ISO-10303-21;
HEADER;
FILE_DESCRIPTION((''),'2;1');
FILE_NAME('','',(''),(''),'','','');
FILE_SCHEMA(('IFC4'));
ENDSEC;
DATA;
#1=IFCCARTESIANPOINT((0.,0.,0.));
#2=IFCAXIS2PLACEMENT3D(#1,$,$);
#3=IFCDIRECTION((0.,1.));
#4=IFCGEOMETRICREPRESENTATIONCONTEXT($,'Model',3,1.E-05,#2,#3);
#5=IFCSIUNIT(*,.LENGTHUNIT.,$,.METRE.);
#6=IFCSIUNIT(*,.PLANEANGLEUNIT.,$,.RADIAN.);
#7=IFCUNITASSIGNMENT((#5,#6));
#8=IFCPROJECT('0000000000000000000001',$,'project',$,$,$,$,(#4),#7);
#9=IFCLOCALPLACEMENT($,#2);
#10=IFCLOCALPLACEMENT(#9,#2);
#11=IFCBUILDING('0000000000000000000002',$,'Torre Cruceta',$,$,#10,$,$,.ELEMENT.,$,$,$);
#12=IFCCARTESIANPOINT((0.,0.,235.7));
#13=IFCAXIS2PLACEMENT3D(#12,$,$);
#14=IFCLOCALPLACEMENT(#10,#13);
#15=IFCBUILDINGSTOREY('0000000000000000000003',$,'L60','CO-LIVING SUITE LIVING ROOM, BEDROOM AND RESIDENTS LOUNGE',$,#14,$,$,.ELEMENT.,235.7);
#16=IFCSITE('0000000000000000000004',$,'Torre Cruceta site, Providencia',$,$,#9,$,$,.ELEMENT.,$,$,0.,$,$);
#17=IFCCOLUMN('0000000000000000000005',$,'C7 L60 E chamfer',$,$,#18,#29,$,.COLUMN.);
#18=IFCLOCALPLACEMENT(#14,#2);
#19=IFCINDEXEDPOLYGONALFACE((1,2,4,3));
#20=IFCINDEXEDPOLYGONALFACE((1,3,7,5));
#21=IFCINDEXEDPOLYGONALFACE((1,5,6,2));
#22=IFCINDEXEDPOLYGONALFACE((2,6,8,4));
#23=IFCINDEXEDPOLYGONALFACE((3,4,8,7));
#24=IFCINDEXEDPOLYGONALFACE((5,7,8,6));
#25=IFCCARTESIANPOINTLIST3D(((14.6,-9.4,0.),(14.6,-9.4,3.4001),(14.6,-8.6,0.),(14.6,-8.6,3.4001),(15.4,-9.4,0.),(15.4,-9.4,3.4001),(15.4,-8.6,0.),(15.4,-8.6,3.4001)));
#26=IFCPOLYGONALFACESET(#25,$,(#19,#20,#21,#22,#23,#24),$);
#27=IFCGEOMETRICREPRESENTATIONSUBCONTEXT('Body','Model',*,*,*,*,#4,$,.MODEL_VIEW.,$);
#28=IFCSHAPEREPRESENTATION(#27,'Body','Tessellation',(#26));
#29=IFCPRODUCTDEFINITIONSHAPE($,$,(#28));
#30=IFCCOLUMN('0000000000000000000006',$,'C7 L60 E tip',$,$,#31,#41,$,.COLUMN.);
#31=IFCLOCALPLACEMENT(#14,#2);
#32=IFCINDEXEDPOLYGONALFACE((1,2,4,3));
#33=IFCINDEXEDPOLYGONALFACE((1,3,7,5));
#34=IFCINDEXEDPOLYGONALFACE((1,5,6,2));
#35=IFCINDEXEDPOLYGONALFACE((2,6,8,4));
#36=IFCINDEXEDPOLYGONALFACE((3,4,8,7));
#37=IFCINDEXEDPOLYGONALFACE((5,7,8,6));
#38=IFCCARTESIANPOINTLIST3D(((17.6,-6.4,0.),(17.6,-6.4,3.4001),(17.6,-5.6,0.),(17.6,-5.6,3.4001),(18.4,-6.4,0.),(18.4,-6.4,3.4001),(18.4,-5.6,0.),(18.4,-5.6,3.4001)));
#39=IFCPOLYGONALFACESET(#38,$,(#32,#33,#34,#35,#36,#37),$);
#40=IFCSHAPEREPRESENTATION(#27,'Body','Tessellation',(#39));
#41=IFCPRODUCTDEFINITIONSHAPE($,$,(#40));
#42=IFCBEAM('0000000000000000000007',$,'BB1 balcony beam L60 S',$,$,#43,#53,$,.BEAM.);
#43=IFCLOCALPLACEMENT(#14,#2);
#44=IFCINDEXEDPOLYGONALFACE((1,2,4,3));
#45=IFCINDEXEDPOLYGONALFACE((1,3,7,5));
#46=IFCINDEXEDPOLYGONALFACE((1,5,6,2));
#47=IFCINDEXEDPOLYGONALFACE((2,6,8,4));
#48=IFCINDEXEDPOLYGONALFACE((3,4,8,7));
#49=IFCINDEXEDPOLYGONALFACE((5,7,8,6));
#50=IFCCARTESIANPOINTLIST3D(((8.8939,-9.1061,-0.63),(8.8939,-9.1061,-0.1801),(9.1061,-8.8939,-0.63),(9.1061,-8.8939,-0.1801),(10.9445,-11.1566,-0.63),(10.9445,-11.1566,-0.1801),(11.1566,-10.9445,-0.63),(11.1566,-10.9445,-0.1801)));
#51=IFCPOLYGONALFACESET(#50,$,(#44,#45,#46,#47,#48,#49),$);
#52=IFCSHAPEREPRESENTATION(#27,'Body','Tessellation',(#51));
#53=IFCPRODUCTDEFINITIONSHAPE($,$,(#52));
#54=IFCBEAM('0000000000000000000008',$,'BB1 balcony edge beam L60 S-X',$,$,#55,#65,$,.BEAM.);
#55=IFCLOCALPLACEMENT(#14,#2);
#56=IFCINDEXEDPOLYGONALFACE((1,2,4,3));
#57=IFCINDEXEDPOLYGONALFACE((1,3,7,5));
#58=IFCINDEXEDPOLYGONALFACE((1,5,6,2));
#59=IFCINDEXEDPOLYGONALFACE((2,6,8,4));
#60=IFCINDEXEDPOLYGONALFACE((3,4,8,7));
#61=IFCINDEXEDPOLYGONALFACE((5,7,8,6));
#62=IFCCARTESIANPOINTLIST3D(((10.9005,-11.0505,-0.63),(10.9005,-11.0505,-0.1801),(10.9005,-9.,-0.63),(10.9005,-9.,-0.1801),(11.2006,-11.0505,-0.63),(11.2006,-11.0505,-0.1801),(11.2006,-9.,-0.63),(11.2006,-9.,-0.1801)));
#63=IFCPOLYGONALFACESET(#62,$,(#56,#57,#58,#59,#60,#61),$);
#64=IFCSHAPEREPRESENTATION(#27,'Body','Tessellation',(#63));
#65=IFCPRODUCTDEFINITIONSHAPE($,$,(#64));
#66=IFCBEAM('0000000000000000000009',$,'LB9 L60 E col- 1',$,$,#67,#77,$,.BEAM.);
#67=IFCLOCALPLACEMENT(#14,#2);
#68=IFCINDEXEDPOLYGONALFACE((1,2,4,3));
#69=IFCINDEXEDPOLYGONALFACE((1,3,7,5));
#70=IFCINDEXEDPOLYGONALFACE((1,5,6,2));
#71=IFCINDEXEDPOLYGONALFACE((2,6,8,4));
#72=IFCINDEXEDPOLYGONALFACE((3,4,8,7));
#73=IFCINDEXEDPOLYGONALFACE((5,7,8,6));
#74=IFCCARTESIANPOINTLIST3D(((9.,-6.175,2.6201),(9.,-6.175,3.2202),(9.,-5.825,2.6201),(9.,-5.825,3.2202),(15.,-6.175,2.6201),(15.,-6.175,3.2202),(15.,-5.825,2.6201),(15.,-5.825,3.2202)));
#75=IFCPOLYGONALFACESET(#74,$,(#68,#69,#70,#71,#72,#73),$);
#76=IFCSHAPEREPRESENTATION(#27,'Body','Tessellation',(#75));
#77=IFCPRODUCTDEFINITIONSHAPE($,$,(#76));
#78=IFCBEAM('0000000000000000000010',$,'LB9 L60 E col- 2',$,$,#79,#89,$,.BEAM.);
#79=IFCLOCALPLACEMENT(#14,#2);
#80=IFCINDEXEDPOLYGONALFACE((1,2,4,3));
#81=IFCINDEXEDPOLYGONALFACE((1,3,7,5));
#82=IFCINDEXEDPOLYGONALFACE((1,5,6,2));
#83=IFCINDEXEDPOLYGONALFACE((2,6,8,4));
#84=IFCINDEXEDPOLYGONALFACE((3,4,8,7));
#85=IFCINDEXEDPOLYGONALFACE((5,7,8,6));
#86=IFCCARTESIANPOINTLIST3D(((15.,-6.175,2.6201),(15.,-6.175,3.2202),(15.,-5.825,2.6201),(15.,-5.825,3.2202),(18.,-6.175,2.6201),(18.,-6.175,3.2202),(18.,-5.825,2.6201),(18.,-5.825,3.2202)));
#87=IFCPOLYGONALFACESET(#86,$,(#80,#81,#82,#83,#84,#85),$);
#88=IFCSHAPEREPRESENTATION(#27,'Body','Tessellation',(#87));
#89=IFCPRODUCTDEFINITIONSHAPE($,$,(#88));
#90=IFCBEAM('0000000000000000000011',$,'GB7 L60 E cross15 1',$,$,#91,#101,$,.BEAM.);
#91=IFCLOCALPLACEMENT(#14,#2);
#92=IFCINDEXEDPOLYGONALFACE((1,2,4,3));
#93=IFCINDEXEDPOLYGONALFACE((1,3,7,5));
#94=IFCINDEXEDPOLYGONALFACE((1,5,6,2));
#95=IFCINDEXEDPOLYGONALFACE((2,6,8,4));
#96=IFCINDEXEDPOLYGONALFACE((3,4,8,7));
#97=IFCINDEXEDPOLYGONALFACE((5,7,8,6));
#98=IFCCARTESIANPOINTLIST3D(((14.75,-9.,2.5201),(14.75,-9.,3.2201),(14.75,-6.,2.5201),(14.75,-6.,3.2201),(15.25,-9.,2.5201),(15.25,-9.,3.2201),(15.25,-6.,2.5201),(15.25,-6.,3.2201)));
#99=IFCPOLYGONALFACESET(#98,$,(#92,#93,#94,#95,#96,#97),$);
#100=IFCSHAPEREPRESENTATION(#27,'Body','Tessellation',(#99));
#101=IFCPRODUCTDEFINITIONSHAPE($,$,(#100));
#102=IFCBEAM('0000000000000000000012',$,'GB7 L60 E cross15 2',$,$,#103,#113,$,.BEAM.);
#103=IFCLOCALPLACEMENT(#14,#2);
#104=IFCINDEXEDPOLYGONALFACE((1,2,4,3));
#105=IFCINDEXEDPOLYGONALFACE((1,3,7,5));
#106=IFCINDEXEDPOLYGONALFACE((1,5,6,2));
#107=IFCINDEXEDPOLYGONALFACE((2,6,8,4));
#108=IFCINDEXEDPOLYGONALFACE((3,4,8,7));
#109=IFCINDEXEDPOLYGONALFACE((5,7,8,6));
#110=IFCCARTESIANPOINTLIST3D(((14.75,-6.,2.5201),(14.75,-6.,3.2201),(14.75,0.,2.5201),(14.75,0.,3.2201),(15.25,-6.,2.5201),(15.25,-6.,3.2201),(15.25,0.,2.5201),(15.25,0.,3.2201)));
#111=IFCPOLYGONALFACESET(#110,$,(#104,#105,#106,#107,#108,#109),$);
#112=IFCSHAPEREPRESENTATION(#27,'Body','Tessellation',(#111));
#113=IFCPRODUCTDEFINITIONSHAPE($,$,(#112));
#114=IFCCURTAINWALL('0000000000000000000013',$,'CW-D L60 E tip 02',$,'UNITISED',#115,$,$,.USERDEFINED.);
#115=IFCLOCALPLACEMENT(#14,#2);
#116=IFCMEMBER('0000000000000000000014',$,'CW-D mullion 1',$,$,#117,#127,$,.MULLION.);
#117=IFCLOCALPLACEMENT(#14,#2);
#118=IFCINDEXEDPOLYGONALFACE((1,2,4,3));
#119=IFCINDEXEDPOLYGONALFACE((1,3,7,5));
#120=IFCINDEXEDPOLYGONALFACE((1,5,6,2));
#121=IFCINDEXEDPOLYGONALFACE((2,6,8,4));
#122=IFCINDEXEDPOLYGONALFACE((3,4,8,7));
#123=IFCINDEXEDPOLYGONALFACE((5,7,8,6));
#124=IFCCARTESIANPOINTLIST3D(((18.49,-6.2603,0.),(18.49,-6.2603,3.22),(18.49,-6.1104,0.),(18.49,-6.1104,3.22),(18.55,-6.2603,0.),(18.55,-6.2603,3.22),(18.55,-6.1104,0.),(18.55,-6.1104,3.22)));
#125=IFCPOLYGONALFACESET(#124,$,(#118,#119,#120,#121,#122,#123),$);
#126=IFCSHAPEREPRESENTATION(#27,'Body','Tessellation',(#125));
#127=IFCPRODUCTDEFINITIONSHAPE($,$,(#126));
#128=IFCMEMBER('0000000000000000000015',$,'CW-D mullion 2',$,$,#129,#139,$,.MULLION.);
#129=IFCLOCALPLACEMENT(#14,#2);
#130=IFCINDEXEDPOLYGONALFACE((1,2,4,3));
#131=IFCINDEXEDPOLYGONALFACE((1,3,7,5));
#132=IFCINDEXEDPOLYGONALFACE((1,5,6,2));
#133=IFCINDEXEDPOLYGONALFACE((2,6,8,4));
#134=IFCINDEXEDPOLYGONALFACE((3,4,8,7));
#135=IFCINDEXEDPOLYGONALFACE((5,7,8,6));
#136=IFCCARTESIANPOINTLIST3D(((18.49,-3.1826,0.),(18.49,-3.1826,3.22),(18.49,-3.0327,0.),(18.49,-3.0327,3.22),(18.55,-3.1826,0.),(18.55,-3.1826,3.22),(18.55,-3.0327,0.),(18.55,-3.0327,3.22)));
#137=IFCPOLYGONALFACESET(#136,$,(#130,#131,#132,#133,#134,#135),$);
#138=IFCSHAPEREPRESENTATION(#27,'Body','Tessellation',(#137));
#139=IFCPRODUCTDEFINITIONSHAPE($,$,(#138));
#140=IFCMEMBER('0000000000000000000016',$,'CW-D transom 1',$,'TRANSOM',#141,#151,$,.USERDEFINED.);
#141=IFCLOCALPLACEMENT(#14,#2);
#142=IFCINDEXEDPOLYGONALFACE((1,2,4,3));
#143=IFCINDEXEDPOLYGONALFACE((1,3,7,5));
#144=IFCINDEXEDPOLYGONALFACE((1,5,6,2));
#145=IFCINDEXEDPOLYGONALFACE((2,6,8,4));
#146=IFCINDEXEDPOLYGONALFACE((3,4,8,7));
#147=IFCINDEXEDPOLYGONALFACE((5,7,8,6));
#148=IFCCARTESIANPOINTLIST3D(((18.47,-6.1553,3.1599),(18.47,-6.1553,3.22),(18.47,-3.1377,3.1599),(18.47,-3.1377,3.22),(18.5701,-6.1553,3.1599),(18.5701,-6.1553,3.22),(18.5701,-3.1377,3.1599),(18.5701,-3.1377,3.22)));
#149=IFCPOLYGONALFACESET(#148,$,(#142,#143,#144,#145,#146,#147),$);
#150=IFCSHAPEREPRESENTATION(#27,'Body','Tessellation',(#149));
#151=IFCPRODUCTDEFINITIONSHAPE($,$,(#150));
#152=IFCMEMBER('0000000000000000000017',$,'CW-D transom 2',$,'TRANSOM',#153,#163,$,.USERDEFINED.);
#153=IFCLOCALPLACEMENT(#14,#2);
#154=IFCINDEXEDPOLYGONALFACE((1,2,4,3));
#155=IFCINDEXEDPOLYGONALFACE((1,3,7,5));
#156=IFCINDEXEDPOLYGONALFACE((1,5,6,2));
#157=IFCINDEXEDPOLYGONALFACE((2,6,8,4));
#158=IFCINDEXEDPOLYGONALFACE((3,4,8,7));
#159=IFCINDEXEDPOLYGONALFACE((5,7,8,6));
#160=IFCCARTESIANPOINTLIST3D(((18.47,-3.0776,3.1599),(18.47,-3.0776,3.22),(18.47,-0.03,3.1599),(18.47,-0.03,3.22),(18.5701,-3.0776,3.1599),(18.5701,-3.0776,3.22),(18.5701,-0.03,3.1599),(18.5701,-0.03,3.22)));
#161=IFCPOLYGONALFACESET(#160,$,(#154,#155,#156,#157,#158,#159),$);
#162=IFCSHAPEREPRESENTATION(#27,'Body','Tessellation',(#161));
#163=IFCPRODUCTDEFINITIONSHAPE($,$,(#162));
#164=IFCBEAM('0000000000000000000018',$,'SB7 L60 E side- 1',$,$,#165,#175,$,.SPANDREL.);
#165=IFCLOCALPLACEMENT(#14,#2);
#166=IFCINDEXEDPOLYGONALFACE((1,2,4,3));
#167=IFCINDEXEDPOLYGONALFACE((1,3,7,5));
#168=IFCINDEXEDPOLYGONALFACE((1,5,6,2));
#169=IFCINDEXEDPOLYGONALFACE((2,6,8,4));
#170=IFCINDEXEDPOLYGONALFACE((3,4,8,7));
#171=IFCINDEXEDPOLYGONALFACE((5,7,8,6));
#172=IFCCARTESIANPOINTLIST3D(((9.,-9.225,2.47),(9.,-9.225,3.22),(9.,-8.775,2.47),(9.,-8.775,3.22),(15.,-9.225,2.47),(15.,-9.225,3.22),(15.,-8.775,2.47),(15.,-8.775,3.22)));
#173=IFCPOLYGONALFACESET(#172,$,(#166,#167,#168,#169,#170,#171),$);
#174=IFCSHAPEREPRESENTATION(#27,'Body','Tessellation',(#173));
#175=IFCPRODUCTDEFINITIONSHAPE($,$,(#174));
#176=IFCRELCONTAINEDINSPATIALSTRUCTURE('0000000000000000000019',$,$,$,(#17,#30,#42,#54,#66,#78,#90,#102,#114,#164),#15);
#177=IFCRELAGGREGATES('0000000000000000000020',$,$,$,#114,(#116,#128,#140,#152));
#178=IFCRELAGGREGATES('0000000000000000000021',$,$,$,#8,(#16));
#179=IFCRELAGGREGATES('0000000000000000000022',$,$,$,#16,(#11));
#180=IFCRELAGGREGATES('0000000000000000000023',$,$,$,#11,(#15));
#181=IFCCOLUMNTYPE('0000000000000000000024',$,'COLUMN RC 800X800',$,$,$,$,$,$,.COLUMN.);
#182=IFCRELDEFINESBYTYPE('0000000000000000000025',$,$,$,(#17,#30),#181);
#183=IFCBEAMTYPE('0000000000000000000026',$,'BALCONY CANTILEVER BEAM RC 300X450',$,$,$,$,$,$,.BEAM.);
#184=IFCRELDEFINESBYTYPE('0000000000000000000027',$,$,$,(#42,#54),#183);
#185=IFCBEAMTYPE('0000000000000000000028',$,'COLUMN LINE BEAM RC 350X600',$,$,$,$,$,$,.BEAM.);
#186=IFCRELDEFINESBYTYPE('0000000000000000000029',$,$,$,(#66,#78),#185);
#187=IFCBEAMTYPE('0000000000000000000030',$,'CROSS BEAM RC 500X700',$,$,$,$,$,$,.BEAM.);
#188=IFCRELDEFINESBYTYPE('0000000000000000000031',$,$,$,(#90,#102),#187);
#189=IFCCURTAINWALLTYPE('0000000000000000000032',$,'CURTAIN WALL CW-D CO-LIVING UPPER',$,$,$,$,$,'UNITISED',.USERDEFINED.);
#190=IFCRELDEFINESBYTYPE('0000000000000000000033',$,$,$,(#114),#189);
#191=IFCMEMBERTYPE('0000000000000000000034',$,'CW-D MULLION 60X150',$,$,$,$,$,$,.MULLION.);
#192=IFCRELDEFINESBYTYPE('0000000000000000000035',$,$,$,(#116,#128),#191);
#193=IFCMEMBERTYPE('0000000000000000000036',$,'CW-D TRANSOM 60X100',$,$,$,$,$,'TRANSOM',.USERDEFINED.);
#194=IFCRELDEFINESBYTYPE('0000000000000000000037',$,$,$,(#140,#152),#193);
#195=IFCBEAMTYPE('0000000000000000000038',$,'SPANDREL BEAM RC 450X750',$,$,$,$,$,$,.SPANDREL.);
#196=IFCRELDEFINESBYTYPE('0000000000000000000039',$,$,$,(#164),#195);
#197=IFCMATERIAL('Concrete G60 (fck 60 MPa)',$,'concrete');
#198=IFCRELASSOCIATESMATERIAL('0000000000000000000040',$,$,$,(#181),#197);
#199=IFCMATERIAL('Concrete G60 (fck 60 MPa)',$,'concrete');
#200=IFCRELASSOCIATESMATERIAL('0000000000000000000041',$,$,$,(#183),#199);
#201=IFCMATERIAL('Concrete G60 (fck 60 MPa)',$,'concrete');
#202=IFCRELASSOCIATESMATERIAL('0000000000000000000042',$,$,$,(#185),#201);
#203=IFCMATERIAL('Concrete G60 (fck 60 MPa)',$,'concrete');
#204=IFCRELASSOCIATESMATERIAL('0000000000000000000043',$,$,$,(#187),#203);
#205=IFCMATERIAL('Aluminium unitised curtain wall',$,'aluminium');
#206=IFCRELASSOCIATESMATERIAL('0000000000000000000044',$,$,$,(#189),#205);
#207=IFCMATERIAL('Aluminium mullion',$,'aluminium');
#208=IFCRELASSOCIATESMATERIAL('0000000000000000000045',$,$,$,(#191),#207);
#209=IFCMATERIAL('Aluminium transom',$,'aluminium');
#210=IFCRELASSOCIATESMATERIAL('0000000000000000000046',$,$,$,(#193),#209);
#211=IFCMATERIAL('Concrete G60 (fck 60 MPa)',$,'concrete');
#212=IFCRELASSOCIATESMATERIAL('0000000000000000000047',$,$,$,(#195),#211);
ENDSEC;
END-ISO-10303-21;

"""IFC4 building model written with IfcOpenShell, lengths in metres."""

from ifc_helpers import new_model, si_unit, direction, frame, origin, origin_2d, place, context, subcontext, project, spatial, rectangle, extrude, material, material_profile, profile_set, type_object, element, aggregate, save


model = new_model("IFC4")

# Units and contexts
model_context = context("Model", 3, precision=1e-05, world=origin(), true_north=direction((0.0, 1.0)))
body_context = subcontext(model_context, "Body", "Model", "MODEL_VIEW")
ifc_project = project(units=[si_unit("LENGTHUNIT", "METRE"), si_unit("PLANEANGLEUNIT", "RADIAN")], contexts=[model_context])

# Site, building, storey
site_placement = place(None, origin())
site = spatial("IfcSite", under=ifc_project, at=site_placement, Name="Torre Cruceta site, Providencia", CompositionType="ELEMENT", RefElevation=0.0)
building_placement = place(site_placement, origin())
building = spatial("IfcBuilding", under=site, at=building_placement, Name="Torre Cruceta", CompositionType="ELEMENT")
storey_placement = place(building_placement, frame((0.0, 0.0, 235.7)))
storey = spatial("IfcBuildingStorey", under=building, at=storey_placement, Name="L60", Description="CO-LIVING SUITE LIVING ROOM, BEDROOM AND RESIDENTS LOUNGE", CompositionType="ELEMENT", Elevation=235.7)

# Columns
ifc_material_1 = material(Name="Concrete G60 (fck 60 MPa)", Category="concrete")
ifc_material_profile_1 = material_profile(ifc_material_1, rectangle(XDim=0.8, YDim=0.8, at=origin_2d()), Name="RC 800X800")
ifc_profile_set_1 = profile_set([ifc_material_profile_1], Name="Concrete G60 (fck 60 MPa)")
column_type = type_object("IfcColumnType", Name="COLUMN RC 800X800", PredefinedType="COLUMN", material=ifc_profile_set_1)
for number, where, z_axis, x_axis, name in (
    (1, (15.0, -9.0, 0.0), (0.0, 0.0, 1.0), (1.0, 0.0, 0.0), "C7 L60 E chamfer"),
    (2, (18.0, -6.0, 0.0), (0.0, 0.0, 1.0), (1.0, 0.0, 0.0), "C7 L60 E tip"),
):
    element("IfcColumn", number, at=place(storey_placement, frame(where, z_axis=z_axis, x_axis=x_axis)), inside=storey, type_object=column_type, Name=name, PredefinedType="COLUMN", context=body_context, shape_type="SweptSolid", body=[
        extrude(rectangle(XDim=0.8, YDim=0.8, at=origin_2d()), origin(), (0.0, 0.0, 1.0), 3.4001),
    ])

# Beams
ifc_material_2 = material(Name="Concrete G60 (fck 60 MPa)", Category="concrete")
ifc_material_profile_2 = material_profile(ifc_material_2, rectangle(XDim=0.3, YDim=0.45, at=origin_2d()), Name="RC 300X450")
ifc_profile_set_2 = profile_set([ifc_material_profile_2], Name="Concrete G60 (fck 60 MPa)")
beam_type_1 = type_object("IfcBeamType", Name="BALCONY CANTILEVER BEAM RC 300X450", PredefinedType="BEAM", material=ifc_profile_set_2)
beam_1_placement = place(storey_placement, frame((9.0, -9.0, -0.405), z_axis=(0.707107, -0.707107, 0.0), x_axis=(0.707107, 0.707107, 0.0)))
element("IfcBeam", 3, at=beam_1_placement, inside=storey, type_object=beam_type_1, Name="BB1 balcony beam L60 S", PredefinedType="BEAM", context=body_context, shape_type="SweptSolid", body=[
    extrude(rectangle(XDim=0.3, YDim=0.45, at=origin_2d()), origin(), (0.0, 0.0, 1.0), 2.8999),
])
beam_2_placement = place(storey_placement, frame((11.0505, -9.0, -0.405), z_axis=(0.0, -1.0, 0.0), x_axis=(1.0, 0.0, 0.0)))
element("IfcBeam", 4, at=beam_2_placement, inside=storey, type_object=beam_type_1, Name="BB1 balcony edge beam L60 S-X", PredefinedType="BEAM", context=body_context, shape_type="SweptSolid", body=[
    extrude(rectangle(XDim=0.3, YDim=0.45, at=origin_2d()), origin(), (0.0, 0.0, 1.0), 2.0505),
])
ifc_material_3 = material(Name="Concrete G60 (fck 60 MPa)", Category="concrete")
ifc_material_profile_3 = material_profile(ifc_material_3, rectangle(XDim=0.3501, YDim=0.6001, at=origin_2d()), Name="RC 350X600")
ifc_profile_set_3 = profile_set([ifc_material_profile_3], Name="Concrete G60 (fck 60 MPa)")
beam_type_2 = type_object("IfcBeamType", Name="COLUMN LINE BEAM RC 350X600", PredefinedType="BEAM", material=ifc_profile_set_3)
beam_3_placement = place(storey_placement, frame((9.0, -6.0, 2.9202), z_axis=(1.0, 0.0, 0.0), x_axis=(0.0, 1.0, 0.0)))
element("IfcBeam", 5, at=beam_3_placement, inside=storey, type_object=beam_type_2, Name="LB9 L60 E col- 1", PredefinedType="BEAM", context=body_context, shape_type="SweptSolid", body=[
    extrude(rectangle(XDim=0.3501, YDim=0.6001, at=origin_2d()), origin(), (0.0, 0.0, 1.0), 6.0),
])
beam_4_placement = place(storey_placement, frame((15.0, -6.0, 2.9202), z_axis=(1.0, 0.0, 0.0), x_axis=(0.0, 1.0, 0.0)))
element("IfcBeam", 6, at=beam_4_placement, inside=storey, type_object=beam_type_2, Name="LB9 L60 E col- 2", PredefinedType="BEAM", context=body_context, shape_type="SweptSolid", body=[
    extrude(rectangle(XDim=0.3501, YDim=0.6001, at=origin_2d()), origin(), (0.0, 0.0, 1.0), 3.0),
])
ifc_material_4 = material(Name="Concrete G60 (fck 60 MPa)", Category="concrete")
ifc_material_profile_4 = material_profile(ifc_material_4, rectangle(XDim=0.5, YDim=0.7, at=origin_2d()), Name="RC 500X700")
ifc_profile_set_4 = profile_set([ifc_material_profile_4], Name="Concrete G60 (fck 60 MPa)")
beam_type_3 = type_object("IfcBeamType", Name="CROSS BEAM RC 500X700", PredefinedType="BEAM", material=ifc_profile_set_4)
beam_5_placement = place(storey_placement, frame((15.0, -9.0, 2.8701), z_axis=(0.0, 1.0, 0.0), x_axis=(-1.0, 0.0, 0.0)))
element("IfcBeam", 7, at=beam_5_placement, inside=storey, type_object=beam_type_3, Name="GB7 L60 E cross15 1", PredefinedType="BEAM", context=body_context, shape_type="SweptSolid", body=[
    extrude(rectangle(XDim=0.5, YDim=0.7, at=origin_2d()), origin(), (0.0, 0.0, 1.0), 3.0),
])
beam_6_placement = place(storey_placement, frame((15.0, -6.0, 2.8701), z_axis=(0.0, 1.0, 0.0), x_axis=(-1.0, 0.0, 0.0)))
element("IfcBeam", 8, at=beam_6_placement, inside=storey, type_object=beam_type_3, Name="GB7 L60 E cross15 2", PredefinedType="BEAM", context=body_context, shape_type="SweptSolid", body=[
    extrude(rectangle(XDim=0.5, YDim=0.7, at=origin_2d()), origin(), (0.0, 0.0, 1.0), 6.0),
])

# Curtain wall, members
ifc_material_5 = material(Name="Aluminium unitised curtain wall", Category="aluminium")
curtain_wall_type = type_object("IfcCurtainWallType", Name="CURTAIN WALL CW-D CO-LIVING UPPER", ElementType="UNITISED", PredefinedType="USERDEFINED", material=ifc_material_5)
curtain_wall_placement = place(storey_placement, origin())
curtain_wall = element("IfcCurtainWall", 9, at=curtain_wall_placement, inside=storey, type_object=curtain_wall_type, Name="CW-D L60 E tip 02", ObjectType="UNITISED", PredefinedType="USERDEFINED")
ifc_material_6 = material(Name="Aluminium mullion", Category="aluminium")
ifc_material_profile_5 = material_profile(ifc_material_6, rectangle(XDim=0.0601, YDim=0.1499, at=origin_2d()), Name="AL 60X150")
ifc_profile_set_5 = profile_set([ifc_material_profile_5], Name="Aluminium mullion")
member_type_1 = type_object("IfcMemberType", Name="CW-D MULLION 60X150", PredefinedType="MULLION", material=ifc_profile_set_5)
member_1_placement = place(storey_placement, frame((18.52, -6.1853, 0.0), z_axis=(0.0, 0.0, 1.0), x_axis=(-1.0, 0.0, 0.0)))
member_1 = element("IfcMember", 10, at=member_1_placement, type_object=member_type_1, Name="CW-D mullion 1", PredefinedType="MULLION", context=body_context, shape_type="SweptSolid", body=[
    extrude(rectangle(XDim=0.0601, YDim=0.1499, at=origin_2d()), origin(), (0.0, 0.0, 1.0), 3.22),
])
member_2_placement = place(storey_placement, frame((18.52, -3.1077, 0.0), z_axis=(0.0, 0.0, 1.0), x_axis=(-1.0, 0.0, 0.0)))
member_2 = element("IfcMember", 11, at=member_2_placement, type_object=member_type_1, Name="CW-D mullion 2", PredefinedType="MULLION", context=body_context, shape_type="SweptSolid", body=[
    extrude(rectangle(XDim=0.0601, YDim=0.1499, at=origin_2d()), origin(), (0.0, 0.0, 1.0), 3.22),
])
ifc_material_7 = material(Name="Aluminium transom", Category="aluminium")
ifc_material_profile_6 = material_profile(ifc_material_7, rectangle(XDim=0.1001, YDim=0.0601, at=origin_2d()), Name="AL 100X60")
ifc_profile_set_6 = profile_set([ifc_material_profile_6], Name="Aluminium transom")
member_type_2 = type_object("IfcMemberType", Name="CW-D TRANSOM 60X100", ElementType="TRANSOM", PredefinedType="USERDEFINED", material=ifc_profile_set_6)
member_3_placement = place(storey_placement, frame((18.52, -6.1553, 3.1899), z_axis=(0.0, 1.0, 0.0), x_axis=(-1.0, 0.0, 0.0)))
member_3 = element("IfcMember", 12, at=member_3_placement, type_object=member_type_2, Name="CW-D transom 1", ObjectType="TRANSOM", PredefinedType="USERDEFINED", context=body_context, shape_type="SweptSolid", body=[
    extrude(rectangle(XDim=0.1001, YDim=0.0601, at=origin_2d()), origin(), (0.0, 0.0, 1.0), 3.0176),
])
member_4_placement = place(storey_placement, frame((18.52, -3.0776, 3.1899), z_axis=(0.0, 1.0, 0.0), x_axis=(-1.0, 0.0, 0.0)))
member_4 = element("IfcMember", 13, at=member_4_placement, type_object=member_type_2, Name="CW-D transom 2", ObjectType="TRANSOM", PredefinedType="USERDEFINED", context=body_context, shape_type="SweptSolid", body=[
    extrude(rectangle(XDim=0.1001, YDim=0.0601, at=origin_2d()), origin(), (0.0, 0.0, 1.0), 3.0476),
])

# Beam
ifc_material_8 = material(Name="Concrete G60 (fck 60 MPa)", Category="concrete")
ifc_material_profile_7 = material_profile(ifc_material_8, rectangle(XDim=0.45, YDim=0.75, at=origin_2d()), Name="RC 450X750")
ifc_profile_set_7 = profile_set([ifc_material_profile_7], Name="Concrete G60 (fck 60 MPa)")
beam_type_4 = type_object("IfcBeamType", Name="SPANDREL BEAM RC 450X750", PredefinedType="SPANDREL", material=ifc_profile_set_7)
beam_7_placement = place(storey_placement, frame((9.0, -9.0, 2.845), z_axis=(1.0, 0.0, 0.0), x_axis=(0.0, 1.0, 0.0)))
element("IfcBeam", 14, at=beam_7_placement, inside=storey, type_object=beam_type_4, Name="SB7 L60 E side- 1", PredefinedType="SPANDREL", context=body_context, shape_type="SweptSolid", body=[
    extrude(rectangle(XDim=0.45, YDim=0.75, at=origin_2d()), origin(), (0.0, 0.0, 1.0), 6.0),
])

aggregate(curtain_wall, [member_1, member_2, member_3, member_4])

save(model, "model.ifc")
